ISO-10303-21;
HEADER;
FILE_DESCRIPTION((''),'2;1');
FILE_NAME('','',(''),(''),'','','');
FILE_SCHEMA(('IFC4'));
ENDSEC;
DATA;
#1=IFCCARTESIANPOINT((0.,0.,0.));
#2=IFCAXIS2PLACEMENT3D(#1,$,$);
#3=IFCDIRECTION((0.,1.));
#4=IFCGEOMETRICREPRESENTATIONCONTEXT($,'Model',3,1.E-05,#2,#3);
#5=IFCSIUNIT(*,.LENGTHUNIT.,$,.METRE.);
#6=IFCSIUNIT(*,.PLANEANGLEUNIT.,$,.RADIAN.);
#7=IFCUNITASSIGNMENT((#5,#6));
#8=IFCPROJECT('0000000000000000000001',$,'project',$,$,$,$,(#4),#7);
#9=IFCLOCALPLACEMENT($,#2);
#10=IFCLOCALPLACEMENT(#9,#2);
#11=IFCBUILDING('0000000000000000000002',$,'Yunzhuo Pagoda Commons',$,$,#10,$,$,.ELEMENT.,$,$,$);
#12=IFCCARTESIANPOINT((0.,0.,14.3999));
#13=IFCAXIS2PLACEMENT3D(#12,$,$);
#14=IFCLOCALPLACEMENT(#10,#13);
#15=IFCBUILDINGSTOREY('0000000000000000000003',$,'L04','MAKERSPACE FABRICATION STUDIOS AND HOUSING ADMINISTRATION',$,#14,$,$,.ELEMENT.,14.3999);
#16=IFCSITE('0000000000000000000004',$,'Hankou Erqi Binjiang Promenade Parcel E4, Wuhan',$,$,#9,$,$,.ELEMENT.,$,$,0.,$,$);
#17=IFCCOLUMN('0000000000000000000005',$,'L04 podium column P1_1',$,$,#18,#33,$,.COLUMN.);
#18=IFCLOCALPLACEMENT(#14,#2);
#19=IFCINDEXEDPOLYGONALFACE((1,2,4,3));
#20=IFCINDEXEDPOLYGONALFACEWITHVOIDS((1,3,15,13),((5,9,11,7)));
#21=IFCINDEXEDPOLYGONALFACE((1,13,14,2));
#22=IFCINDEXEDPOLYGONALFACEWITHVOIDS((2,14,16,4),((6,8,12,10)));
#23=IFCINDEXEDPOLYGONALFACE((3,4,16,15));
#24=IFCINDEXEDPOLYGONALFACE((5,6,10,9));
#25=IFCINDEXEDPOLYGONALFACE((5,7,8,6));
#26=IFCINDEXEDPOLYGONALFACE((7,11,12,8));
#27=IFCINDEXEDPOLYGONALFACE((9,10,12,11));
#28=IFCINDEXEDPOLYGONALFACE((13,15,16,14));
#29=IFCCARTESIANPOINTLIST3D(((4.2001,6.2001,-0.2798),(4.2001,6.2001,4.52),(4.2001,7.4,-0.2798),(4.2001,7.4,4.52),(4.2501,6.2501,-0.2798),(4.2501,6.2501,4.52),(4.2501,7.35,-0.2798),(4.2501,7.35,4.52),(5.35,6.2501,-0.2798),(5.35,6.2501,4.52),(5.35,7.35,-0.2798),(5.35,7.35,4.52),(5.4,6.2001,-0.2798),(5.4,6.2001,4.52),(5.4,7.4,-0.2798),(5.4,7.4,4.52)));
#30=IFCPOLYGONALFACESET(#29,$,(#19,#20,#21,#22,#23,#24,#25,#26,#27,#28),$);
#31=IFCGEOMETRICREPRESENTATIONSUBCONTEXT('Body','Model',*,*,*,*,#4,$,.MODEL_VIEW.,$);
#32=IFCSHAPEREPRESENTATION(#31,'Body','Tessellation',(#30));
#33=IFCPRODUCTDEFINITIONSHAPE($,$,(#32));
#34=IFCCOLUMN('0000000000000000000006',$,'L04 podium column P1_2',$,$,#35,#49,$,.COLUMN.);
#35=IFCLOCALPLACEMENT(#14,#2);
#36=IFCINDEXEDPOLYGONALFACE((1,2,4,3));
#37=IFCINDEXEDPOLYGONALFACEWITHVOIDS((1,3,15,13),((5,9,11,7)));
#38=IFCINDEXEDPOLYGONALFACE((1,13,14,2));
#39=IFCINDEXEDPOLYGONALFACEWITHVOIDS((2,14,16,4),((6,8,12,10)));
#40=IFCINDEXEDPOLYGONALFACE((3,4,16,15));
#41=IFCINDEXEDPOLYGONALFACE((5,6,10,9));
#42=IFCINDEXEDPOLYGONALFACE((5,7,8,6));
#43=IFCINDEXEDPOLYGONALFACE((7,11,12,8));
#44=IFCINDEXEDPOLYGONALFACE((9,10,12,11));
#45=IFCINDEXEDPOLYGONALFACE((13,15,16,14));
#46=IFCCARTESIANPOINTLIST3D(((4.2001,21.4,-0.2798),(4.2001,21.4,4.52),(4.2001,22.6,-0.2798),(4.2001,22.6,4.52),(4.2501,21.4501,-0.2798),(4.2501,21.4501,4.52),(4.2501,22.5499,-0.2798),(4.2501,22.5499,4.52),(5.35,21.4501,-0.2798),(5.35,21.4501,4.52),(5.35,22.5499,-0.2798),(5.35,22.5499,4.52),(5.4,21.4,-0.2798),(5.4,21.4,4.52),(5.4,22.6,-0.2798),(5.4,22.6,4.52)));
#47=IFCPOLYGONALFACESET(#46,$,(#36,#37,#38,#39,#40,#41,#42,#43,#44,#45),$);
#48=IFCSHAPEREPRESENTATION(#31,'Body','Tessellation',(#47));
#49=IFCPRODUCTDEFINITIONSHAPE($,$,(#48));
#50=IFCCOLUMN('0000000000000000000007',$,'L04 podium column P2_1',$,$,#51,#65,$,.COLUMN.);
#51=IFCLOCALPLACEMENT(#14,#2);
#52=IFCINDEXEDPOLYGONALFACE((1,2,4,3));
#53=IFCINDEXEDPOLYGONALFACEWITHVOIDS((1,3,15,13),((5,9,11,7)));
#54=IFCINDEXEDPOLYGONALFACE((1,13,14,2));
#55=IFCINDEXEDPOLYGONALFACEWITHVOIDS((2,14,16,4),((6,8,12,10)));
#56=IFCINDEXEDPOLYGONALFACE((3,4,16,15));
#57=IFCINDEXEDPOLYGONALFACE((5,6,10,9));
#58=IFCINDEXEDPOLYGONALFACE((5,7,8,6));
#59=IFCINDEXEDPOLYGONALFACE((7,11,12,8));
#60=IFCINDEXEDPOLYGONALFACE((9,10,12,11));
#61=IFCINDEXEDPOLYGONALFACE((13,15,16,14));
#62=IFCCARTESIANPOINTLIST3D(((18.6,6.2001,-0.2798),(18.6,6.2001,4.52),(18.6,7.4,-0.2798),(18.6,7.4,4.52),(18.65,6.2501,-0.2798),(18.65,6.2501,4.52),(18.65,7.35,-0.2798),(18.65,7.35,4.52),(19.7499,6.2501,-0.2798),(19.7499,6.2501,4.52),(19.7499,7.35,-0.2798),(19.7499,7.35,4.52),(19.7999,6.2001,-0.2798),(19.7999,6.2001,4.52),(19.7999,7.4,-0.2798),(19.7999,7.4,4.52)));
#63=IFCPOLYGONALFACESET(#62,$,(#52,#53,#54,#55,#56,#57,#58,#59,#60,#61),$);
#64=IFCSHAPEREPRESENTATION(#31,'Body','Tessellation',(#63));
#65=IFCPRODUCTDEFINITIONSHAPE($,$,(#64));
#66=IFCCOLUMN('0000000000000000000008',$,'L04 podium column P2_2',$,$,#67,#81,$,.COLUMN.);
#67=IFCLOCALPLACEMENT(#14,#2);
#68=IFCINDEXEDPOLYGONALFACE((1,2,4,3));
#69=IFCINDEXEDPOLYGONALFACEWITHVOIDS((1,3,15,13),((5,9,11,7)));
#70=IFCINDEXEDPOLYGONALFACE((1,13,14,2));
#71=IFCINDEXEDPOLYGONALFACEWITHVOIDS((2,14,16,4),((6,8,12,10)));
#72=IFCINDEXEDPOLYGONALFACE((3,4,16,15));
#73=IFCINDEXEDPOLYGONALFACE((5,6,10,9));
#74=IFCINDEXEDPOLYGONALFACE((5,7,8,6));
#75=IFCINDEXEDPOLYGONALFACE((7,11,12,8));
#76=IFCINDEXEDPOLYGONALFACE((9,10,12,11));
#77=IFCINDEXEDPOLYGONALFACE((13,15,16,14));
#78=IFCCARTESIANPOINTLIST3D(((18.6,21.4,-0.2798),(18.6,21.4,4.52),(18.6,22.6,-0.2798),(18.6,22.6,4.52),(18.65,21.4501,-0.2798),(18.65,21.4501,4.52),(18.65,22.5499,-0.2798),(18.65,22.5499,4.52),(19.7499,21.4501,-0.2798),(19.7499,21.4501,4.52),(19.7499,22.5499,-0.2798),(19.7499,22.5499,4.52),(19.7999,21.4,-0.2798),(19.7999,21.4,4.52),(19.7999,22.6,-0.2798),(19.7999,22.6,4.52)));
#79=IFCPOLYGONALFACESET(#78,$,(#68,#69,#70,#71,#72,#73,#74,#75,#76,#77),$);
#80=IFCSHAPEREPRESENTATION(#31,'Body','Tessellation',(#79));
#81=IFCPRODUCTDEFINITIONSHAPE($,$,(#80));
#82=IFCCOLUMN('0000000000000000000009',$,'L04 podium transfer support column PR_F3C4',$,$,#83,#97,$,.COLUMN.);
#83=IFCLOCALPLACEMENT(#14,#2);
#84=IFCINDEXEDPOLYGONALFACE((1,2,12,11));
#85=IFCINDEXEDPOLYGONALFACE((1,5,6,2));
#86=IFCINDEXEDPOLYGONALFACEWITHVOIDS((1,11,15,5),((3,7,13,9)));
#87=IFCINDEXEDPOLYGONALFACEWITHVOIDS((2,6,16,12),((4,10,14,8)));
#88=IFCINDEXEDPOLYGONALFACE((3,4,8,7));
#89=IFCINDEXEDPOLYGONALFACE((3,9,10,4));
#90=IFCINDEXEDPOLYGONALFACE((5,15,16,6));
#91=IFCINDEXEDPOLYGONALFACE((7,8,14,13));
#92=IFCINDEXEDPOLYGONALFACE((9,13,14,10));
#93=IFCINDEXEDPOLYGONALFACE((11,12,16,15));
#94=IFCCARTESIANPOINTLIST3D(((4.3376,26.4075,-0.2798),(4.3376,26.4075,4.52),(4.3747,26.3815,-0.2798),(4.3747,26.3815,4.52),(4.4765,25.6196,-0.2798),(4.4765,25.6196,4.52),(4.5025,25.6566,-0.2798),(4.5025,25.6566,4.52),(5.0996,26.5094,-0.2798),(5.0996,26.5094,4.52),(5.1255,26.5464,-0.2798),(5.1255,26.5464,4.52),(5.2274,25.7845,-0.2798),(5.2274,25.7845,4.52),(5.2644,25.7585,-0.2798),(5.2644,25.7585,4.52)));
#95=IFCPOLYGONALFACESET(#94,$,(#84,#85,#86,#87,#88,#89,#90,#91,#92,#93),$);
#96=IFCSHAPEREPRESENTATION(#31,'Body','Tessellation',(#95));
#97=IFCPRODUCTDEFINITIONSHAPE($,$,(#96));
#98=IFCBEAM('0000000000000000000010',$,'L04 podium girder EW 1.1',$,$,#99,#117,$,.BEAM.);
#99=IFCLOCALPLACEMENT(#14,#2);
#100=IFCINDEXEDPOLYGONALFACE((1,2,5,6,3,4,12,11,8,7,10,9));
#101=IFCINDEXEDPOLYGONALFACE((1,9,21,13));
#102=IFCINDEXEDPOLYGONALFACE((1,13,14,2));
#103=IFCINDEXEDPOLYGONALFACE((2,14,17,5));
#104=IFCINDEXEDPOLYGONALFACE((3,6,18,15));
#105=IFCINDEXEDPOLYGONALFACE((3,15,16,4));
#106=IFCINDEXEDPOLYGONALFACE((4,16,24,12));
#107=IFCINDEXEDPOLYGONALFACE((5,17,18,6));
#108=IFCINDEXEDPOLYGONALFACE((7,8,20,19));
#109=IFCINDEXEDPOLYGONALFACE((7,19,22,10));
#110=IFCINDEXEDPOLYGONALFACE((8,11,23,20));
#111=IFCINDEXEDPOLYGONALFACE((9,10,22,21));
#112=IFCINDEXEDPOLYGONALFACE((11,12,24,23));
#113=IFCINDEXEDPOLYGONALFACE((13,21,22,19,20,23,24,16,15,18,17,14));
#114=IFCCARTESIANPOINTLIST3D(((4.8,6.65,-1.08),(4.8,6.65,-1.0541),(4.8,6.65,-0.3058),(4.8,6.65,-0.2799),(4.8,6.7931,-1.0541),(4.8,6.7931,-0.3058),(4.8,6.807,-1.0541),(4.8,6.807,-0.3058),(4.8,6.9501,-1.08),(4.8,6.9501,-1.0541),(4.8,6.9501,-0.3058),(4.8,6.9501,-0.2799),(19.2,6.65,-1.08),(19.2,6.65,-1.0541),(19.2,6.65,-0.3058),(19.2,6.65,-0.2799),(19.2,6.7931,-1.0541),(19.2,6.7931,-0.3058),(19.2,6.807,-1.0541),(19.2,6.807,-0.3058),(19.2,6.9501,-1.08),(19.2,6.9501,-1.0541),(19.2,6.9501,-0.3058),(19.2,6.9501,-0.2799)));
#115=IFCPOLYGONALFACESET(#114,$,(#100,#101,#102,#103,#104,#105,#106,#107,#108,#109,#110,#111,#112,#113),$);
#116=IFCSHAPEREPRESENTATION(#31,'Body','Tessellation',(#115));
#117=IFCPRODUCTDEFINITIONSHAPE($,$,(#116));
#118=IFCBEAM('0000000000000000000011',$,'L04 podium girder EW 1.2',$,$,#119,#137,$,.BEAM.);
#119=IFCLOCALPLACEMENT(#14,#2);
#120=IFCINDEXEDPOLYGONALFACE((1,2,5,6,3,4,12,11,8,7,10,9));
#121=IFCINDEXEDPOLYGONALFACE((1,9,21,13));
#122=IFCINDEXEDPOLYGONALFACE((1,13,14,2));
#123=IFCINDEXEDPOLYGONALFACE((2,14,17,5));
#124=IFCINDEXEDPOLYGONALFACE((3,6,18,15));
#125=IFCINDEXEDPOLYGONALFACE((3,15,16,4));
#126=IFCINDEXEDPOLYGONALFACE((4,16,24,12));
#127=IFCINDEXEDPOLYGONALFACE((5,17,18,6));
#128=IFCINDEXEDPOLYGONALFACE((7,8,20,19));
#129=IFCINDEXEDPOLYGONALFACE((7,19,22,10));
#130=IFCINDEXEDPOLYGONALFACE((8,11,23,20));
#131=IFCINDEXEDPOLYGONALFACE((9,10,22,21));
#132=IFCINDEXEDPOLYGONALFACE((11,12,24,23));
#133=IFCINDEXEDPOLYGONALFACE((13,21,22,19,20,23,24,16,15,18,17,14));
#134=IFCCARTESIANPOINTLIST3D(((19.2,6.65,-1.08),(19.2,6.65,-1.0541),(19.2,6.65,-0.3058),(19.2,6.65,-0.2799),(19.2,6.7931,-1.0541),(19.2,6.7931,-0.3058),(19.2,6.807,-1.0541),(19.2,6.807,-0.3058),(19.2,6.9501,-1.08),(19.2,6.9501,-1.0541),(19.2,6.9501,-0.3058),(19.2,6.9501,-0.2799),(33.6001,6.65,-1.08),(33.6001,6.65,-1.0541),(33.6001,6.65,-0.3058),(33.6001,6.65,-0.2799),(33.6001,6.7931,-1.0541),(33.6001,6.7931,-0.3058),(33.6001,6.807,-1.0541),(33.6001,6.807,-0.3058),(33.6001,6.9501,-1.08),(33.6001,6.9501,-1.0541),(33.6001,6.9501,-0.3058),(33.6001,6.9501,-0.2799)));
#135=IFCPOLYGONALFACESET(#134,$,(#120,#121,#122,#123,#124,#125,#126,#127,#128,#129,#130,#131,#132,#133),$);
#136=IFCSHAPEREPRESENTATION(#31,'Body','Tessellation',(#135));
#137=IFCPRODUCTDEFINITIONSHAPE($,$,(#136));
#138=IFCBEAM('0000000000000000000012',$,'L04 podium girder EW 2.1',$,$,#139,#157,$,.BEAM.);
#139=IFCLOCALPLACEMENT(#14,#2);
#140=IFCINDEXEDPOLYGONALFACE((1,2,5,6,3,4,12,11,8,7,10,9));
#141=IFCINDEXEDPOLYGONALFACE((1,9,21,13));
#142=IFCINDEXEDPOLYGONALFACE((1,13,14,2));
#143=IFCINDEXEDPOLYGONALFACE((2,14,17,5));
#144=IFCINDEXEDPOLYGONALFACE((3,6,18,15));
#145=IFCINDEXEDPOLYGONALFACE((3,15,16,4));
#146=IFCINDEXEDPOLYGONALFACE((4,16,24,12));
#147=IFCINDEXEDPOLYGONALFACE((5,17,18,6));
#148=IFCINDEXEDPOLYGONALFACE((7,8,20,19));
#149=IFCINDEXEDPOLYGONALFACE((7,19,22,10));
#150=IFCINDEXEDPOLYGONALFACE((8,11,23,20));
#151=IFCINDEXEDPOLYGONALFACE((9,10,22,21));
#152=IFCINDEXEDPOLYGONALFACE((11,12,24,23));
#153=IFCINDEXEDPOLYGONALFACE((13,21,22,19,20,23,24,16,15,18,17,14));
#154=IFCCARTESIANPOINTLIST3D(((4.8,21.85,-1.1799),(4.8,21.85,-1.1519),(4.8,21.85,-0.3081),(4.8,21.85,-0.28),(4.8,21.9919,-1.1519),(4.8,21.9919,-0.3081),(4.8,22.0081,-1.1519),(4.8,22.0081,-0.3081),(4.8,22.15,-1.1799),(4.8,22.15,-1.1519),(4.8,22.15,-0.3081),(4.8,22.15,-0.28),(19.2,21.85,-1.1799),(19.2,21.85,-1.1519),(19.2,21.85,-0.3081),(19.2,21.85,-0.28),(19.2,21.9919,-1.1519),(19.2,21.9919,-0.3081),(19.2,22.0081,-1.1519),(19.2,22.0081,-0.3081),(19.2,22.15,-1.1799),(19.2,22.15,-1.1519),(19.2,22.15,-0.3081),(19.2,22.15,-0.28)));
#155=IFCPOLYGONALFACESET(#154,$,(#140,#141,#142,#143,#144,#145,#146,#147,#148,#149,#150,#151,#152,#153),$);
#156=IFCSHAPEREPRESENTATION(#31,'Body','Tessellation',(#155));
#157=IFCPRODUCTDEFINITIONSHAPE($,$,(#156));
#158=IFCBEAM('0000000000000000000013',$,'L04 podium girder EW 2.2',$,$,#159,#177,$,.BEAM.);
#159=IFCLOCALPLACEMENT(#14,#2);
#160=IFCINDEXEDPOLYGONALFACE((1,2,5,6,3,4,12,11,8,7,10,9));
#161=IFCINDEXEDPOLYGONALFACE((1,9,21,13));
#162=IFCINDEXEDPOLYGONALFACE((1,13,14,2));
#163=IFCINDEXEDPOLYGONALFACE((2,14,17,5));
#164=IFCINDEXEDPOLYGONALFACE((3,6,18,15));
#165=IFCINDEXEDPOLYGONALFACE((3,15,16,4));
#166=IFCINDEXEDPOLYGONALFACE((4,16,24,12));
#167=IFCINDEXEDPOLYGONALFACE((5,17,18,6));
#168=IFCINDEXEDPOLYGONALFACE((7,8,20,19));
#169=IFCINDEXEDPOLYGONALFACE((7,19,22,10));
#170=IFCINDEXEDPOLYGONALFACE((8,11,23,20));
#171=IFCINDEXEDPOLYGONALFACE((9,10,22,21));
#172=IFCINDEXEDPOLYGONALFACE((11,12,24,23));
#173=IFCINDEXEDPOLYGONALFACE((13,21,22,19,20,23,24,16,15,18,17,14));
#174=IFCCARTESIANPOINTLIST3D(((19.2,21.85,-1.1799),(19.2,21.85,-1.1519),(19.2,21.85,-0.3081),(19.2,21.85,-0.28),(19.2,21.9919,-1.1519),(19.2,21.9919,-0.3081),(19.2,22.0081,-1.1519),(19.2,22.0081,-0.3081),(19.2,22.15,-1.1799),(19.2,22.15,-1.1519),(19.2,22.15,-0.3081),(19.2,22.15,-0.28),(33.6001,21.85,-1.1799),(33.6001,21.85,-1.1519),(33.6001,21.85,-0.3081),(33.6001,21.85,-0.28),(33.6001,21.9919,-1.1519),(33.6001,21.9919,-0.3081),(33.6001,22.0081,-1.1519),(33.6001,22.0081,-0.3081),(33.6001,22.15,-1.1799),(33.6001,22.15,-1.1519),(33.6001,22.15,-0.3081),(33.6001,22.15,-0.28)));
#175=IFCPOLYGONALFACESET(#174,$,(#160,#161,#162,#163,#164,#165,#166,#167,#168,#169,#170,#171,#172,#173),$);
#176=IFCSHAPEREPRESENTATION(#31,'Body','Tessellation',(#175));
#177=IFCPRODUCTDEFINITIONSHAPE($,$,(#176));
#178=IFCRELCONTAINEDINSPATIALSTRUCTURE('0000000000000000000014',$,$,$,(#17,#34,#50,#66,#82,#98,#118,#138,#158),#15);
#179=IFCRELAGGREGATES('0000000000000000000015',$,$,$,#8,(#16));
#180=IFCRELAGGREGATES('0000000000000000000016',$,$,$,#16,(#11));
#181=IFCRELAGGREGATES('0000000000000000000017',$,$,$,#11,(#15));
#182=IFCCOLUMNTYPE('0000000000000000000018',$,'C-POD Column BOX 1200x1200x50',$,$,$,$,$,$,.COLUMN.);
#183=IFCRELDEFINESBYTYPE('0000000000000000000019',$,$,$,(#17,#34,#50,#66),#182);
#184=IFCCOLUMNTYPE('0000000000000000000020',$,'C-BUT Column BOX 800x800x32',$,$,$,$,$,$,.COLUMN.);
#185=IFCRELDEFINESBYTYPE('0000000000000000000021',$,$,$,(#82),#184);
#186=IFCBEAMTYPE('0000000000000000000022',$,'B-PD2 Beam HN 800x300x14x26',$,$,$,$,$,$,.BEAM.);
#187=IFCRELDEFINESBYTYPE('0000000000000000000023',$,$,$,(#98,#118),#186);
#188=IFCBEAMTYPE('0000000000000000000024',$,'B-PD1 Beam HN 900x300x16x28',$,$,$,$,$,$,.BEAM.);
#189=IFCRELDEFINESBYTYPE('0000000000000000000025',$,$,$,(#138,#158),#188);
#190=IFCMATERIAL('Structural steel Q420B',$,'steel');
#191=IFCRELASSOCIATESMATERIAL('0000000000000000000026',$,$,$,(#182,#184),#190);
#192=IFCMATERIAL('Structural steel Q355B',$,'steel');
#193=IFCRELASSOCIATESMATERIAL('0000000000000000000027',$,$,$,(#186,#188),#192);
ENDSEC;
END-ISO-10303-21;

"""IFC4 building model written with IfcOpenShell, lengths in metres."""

from ifc_helpers import new_model, si_unit, direction, frame, origin, origin_2d, place, context, subcontext, project, spatial, hollow_rectangle, i_section, extrude, source, transform, mapped, material, material_profile, profile_set, type_object, element, save


model = new_model("IFC4")

# Units and contexts
model_context = context("Model", 3, precision=1e-05, world=origin(), true_north=direction((0.0, 1.0)))
body_context = subcontext(model_context, "Body", "Model", "MODEL_VIEW")
ifc_project = project(units=[si_unit("LENGTHUNIT", "METRE"), si_unit("PLANEANGLEUNIT", "RADIAN")], contexts=[model_context])

# Site, building, storey
site_placement = place(None, origin())
site = spatial("IfcSite", under=ifc_project, at=site_placement, Name="Hankou Erqi Binjiang Promenade Parcel E4, Wuhan", CompositionType="ELEMENT", RefElevation=0.0)
building_placement = place(site_placement, origin())
building = spatial("IfcBuilding", under=site, at=building_placement, Name="Yunzhuo Pagoda Commons", CompositionType="ELEMENT")
storey_placement = place(building_placement, frame((0.0, 0.0, 14.3999)))
storey = spatial("IfcBuildingStorey", under=building, at=storey_placement, Name="L04", Description="MAKERSPACE FABRICATION STUDIOS AND HOUSING ADMINISTRATION", CompositionType="ELEMENT", Elevation=14.3999)

# Columns
ifc_material_1 = material(Name="Structural steel Q420B", Category="steel")
ifc_material_profile_1 = material_profile(ifc_material_1, hollow_rectangle(XDim=1.2, YDim=1.2, WallThickness=0.05, at=origin_2d()), Name="Structural steel Q420B")
ifc_profile_set_1 = profile_set([ifc_material_profile_1], Name="Structural steel Q420B")
column_type_1 = type_object("IfcColumnType", Name="C-POD Column BOX 1200x1200x50", PredefinedType="COLUMN", material=ifc_profile_set_1)
shared_shape_1 = source(origin(), body_context, "Body", "SweptSolid", [
    extrude(hollow_rectangle(XDim=1.2, YDim=1.2, WallThickness=0.05, at=origin_2d()), origin(), (0.0, 0.0, 1.0), 4.7998),
])
for number, where, z_axis, x_axis, name in (
    (1, (4.8, 6.8, -0.2798), (0.0, 0.0, 1.0), (1.0, 0.0, 0.0), "L04 podium column P1_1"),
    (2, (4.8, 22.0, -0.2798), (0.0, 0.0, 1.0), (1.0, 0.0, 0.0), "L04 podium column P1_2"),
    (3, (19.2, 6.8, -0.2798), (0.0, 0.0, 1.0), (1.0, 0.0, 0.0), "L04 podium column P2_1"),
    (4, (19.2, 22.0, -0.2798), (0.0, 0.0, 1.0), (1.0, 0.0, 0.0), "L04 podium column P2_2"),
):
    element("IfcColumn", number, at=place(storey_placement, frame(where, z_axis=z_axis, x_axis=x_axis)), inside=storey, type_object=column_type_1, Name=name, PredefinedType="COLUMN", context=body_context, shape_type="MappedRepresentation", body=[
        mapped(shared_shape_1, transform((0.0, 0.0, 0.0), scale=1.0)),
    ])
ifc_material_profile_2 = material_profile(ifc_material_1, hollow_rectangle(XDim=0.8, YDim=0.8, WallThickness=0.032, at=origin_2d()), Name="Structural steel Q420B")
ifc_profile_set_2 = profile_set([ifc_material_profile_2], Name="Structural steel Q420B")
column_type_2 = type_object("IfcColumnType", Name="C-BUT Column BOX 800x800x32", PredefinedType="COLUMN", material=ifc_profile_set_2)
shared_shape_2 = source(origin(), body_context, "Body", "SweptSolid", [
    extrude(hollow_rectangle(XDim=0.8, YDim=0.8, WallThickness=0.032, at=origin_2d()), origin(), (0.0, 0.0, 1.0), 4.7998),
])
column_placement = place(storey_placement, frame((4.801, 26.083, -0.2798), z_axis=(0.0, 0.0, 1.0), x_axis=(0.173648, -0.984808, 0.0)))
element("IfcColumn", 5, at=column_placement, inside=storey, type_object=column_type_2, Name="L04 podium transfer support column PR_F3C4", PredefinedType="COLUMN", context=body_context, shape_type="MappedRepresentation", body=[
    mapped(shared_shape_2, transform((0.0, 0.0, 0.0), scale=1.0)),
])

# Beams
ifc_material_2 = material(Name="Structural steel Q355B", Category="steel")
ifc_material_profile_3 = material_profile(ifc_material_2, i_section(OverallWidth=0.3, OverallDepth=0.8, WebThickness=0.0139, FlangeThickness=0.0259, at=origin_2d()), Name="Structural steel Q355B")
ifc_profile_set_3 = profile_set([ifc_material_profile_3], Name="Structural steel Q355B")
beam_type_1 = type_object("IfcBeamType", Name="B-PD2 Beam HN 800x300x14x26", PredefinedType="BEAM", material=ifc_profile_set_3)
shared_shape_3 = source(origin(), body_context, "Body", "SweptSolid", [
    extrude(i_section(OverallWidth=0.3, OverallDepth=0.8, WebThickness=0.0139, FlangeThickness=0.0259, at=origin_2d()), origin(), (0.0, 0.0, 1.0), 14.3999),
])
beam_1_placement = place(storey_placement, frame((4.8, 6.8, -0.6799), z_axis=(1.0, 0.0, 0.0), x_axis=(0.0, 1.0, 0.0)))
element("IfcBeam", 6, at=beam_1_placement, inside=storey, type_object=beam_type_1, Name="L04 podium girder EW 1.1", PredefinedType="BEAM", context=body_context, shape_type="MappedRepresentation", body=[
    mapped(shared_shape_3, transform((0.0, 0.0, 0.0), scale=1.0)),
])
shared_shape_4 = source(origin(), body_context, "Body", "SweptSolid", [
    extrude(i_section(OverallWidth=0.3, OverallDepth=0.8, WebThickness=0.0139, FlangeThickness=0.0259, at=origin_2d()), origin(), (0.0, 0.0, 1.0), 14.4001),
])
beam_2_placement = place(storey_placement, frame((19.2, 6.8, -0.6799), z_axis=(1.0, 0.0, 0.0), x_axis=(0.0, 1.0, 0.0)))
element("IfcBeam", 7, at=beam_2_placement, inside=storey, type_object=beam_type_1, Name="L04 podium girder EW 1.2", PredefinedType="BEAM", context=body_context, shape_type="MappedRepresentation", body=[
    mapped(shared_shape_4, transform((0.0, 0.0, 0.0), scale=1.0)),
])
ifc_material_profile_4 = material_profile(ifc_material_2, i_section(OverallWidth=0.3, OverallDepth=0.8999, WebThickness=0.0161, FlangeThickness=0.0281, at=origin_2d()), Name="Structural steel Q355B")
ifc_profile_set_4 = profile_set([ifc_material_profile_4], Name="Structural steel Q355B")
beam_type_2 = type_object("IfcBeamType", Name="B-PD1 Beam HN 900x300x16x28", PredefinedType="BEAM", material=ifc_profile_set_4)
shared_shape_5 = source(origin(), body_context, "Body", "SweptSolid", [
    extrude(i_section(OverallWidth=0.3, OverallDepth=0.8999, WebThickness=0.0161, FlangeThickness=0.0281, at=origin_2d()), origin(), (0.0, 0.0, 1.0), 14.3999),
])
beam_3_placement = place(storey_placement, frame((4.8, 22.0, -0.73), z_axis=(1.0, 0.0, 0.0), x_axis=(0.0, 1.0, 0.0)))
element("IfcBeam", 8, at=beam_3_placement, inside=storey, type_object=beam_type_2, Name="L04 podium girder EW 2.1", PredefinedType="BEAM", context=body_context, shape_type="MappedRepresentation", body=[
    mapped(shared_shape_5, transform((0.0, 0.0, 0.0), scale=1.0)),
])
shared_shape_6 = source(origin(), body_context, "Body", "SweptSolid", [
    extrude(i_section(OverallWidth=0.3, OverallDepth=0.8999, WebThickness=0.0161, FlangeThickness=0.0281, at=origin_2d()), origin(), (0.0, 0.0, 1.0), 14.4001),
])
beam_4_placement = place(storey_placement, frame((19.2, 22.0, -0.73), z_axis=(1.0, 0.0, 0.0), x_axis=(0.0, 1.0, 0.0)))
element("IfcBeam", 9, at=beam_4_placement, inside=storey, type_object=beam_type_2, Name="L04 podium girder EW 2.2", PredefinedType="BEAM", context=body_context, shape_type="MappedRepresentation", body=[
    mapped(shared_shape_6, transform((0.0, 0.0, 0.0), scale=1.0)),
])

save(model, "model.ifc")
